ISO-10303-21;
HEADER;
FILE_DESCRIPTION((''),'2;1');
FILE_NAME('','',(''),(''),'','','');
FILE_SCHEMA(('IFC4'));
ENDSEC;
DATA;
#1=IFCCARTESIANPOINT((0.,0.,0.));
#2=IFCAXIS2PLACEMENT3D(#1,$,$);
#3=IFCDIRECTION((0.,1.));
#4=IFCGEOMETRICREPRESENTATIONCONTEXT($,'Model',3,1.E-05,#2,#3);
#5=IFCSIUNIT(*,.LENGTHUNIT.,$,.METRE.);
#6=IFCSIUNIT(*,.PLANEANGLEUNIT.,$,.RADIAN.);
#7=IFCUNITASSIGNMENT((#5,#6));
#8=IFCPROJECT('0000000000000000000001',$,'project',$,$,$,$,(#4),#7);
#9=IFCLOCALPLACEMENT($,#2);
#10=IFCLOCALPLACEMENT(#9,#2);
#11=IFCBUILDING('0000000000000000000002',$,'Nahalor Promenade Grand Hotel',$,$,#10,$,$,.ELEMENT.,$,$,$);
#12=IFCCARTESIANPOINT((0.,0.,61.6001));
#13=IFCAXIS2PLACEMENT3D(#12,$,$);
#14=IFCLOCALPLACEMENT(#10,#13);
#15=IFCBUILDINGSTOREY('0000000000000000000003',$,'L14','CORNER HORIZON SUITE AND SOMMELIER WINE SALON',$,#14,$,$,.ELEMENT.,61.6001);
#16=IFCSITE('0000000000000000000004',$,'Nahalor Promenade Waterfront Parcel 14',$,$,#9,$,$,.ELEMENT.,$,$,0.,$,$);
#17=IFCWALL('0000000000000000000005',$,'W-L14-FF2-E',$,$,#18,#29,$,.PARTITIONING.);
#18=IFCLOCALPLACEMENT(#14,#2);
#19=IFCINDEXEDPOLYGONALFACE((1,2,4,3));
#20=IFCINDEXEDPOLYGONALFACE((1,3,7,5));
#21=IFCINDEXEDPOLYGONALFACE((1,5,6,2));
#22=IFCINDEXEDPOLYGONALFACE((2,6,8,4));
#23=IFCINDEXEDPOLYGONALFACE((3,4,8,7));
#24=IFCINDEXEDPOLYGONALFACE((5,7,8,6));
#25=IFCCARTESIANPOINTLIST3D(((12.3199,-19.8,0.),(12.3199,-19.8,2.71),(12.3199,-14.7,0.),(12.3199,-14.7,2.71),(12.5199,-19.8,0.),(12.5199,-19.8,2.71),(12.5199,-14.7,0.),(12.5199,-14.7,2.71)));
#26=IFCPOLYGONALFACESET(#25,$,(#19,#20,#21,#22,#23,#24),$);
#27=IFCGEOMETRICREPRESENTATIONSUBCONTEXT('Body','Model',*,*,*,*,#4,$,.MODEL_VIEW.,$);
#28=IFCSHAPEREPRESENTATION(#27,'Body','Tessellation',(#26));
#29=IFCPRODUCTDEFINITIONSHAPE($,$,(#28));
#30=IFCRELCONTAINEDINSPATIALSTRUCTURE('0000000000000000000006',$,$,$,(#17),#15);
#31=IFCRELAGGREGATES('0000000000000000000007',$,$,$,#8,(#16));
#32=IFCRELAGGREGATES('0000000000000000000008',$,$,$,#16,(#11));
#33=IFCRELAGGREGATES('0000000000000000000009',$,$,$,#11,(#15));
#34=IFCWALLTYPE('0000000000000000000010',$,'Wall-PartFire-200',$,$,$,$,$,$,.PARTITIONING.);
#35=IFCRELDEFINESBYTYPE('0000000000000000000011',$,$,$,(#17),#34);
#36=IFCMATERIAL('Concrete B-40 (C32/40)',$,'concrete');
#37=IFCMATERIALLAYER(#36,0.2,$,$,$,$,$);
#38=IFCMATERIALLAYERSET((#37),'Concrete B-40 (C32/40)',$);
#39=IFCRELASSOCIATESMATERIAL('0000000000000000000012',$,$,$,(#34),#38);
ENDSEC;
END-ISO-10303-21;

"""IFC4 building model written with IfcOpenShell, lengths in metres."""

from ifc_helpers import new_model, si_unit, direction, frame, frame_2d, origin, place, context, subcontext, project, spatial, rectangle, extrude, source, transform, mapped, material, layer, layer_set, type_object, element, save


model = new_model("IFC4")

# Units and contexts
model_context = context("Model", 3, precision=1e-05, world=origin(), true_north=direction((0.0, 1.0)))
body_context = subcontext(model_context, "Body", "Model", "MODEL_VIEW")
ifc_project = project(units=[si_unit("LENGTHUNIT", "METRE"), si_unit("PLANEANGLEUNIT", "RADIAN")], contexts=[model_context])

# Site, building, storey
site_placement = place(None, origin())
site = spatial("IfcSite", under=ifc_project, at=site_placement, Name="Nahalor Promenade Waterfront Parcel 14", CompositionType="ELEMENT", RefElevation=0.0)
building_placement = place(site_placement, origin())
building = spatial("IfcBuilding", under=site, at=building_placement, Name="Nahalor Promenade Grand Hotel", CompositionType="ELEMENT")
storey_placement = place(building_placement, frame((0.0, 0.0, 61.6001)))
storey = spatial("IfcBuildingStorey", under=building, at=storey_placement, Name="L14", Description="CORNER HORIZON SUITE AND SOMMELIER WINE SALON", CompositionType="ELEMENT", Elevation=61.6001)

# Wall
ifc_material_1 = material(Name="Concrete B-40 (C32/40)", Category="concrete")
ifc_layer_1 = layer(ifc_material_1, 0.2)
ifc_layer_set_1 = layer_set([ifc_layer_1], Name="Concrete B-40 (C32/40)")
wall_type_1 = type_object("IfcWallType", Name="Wall-PartFire-200", PredefinedType="PARTITIONING", material=ifc_layer_set_1)
shared_shape_1 = source(origin(), body_context, "Body", "SweptSolid", [
    extrude(rectangle(XDim=5.1001, YDim=0.2, at=frame_2d((2.55, 0.0))), origin(), (0.0, 0.0, 1.0), 2.71),
])
wall_1_placement = place(storey_placement, frame((12.4199, -19.8, 0.0), z_axis=(0.0, 0.0, 1.0), x_axis=(0.0, 1.0, 0.0)))
element("IfcWall", 1, at=wall_1_placement, inside=storey, type_object=wall_type_1, Name="W-L14-FF2-E", PredefinedType="PARTITIONING", context=body_context, shape_type="MappedRepresentation", body=[
    mapped(shared_shape_1, transform((0.0, 0.0, 0.0), scale=1.0)),
])

save(model, "model.ifc")
